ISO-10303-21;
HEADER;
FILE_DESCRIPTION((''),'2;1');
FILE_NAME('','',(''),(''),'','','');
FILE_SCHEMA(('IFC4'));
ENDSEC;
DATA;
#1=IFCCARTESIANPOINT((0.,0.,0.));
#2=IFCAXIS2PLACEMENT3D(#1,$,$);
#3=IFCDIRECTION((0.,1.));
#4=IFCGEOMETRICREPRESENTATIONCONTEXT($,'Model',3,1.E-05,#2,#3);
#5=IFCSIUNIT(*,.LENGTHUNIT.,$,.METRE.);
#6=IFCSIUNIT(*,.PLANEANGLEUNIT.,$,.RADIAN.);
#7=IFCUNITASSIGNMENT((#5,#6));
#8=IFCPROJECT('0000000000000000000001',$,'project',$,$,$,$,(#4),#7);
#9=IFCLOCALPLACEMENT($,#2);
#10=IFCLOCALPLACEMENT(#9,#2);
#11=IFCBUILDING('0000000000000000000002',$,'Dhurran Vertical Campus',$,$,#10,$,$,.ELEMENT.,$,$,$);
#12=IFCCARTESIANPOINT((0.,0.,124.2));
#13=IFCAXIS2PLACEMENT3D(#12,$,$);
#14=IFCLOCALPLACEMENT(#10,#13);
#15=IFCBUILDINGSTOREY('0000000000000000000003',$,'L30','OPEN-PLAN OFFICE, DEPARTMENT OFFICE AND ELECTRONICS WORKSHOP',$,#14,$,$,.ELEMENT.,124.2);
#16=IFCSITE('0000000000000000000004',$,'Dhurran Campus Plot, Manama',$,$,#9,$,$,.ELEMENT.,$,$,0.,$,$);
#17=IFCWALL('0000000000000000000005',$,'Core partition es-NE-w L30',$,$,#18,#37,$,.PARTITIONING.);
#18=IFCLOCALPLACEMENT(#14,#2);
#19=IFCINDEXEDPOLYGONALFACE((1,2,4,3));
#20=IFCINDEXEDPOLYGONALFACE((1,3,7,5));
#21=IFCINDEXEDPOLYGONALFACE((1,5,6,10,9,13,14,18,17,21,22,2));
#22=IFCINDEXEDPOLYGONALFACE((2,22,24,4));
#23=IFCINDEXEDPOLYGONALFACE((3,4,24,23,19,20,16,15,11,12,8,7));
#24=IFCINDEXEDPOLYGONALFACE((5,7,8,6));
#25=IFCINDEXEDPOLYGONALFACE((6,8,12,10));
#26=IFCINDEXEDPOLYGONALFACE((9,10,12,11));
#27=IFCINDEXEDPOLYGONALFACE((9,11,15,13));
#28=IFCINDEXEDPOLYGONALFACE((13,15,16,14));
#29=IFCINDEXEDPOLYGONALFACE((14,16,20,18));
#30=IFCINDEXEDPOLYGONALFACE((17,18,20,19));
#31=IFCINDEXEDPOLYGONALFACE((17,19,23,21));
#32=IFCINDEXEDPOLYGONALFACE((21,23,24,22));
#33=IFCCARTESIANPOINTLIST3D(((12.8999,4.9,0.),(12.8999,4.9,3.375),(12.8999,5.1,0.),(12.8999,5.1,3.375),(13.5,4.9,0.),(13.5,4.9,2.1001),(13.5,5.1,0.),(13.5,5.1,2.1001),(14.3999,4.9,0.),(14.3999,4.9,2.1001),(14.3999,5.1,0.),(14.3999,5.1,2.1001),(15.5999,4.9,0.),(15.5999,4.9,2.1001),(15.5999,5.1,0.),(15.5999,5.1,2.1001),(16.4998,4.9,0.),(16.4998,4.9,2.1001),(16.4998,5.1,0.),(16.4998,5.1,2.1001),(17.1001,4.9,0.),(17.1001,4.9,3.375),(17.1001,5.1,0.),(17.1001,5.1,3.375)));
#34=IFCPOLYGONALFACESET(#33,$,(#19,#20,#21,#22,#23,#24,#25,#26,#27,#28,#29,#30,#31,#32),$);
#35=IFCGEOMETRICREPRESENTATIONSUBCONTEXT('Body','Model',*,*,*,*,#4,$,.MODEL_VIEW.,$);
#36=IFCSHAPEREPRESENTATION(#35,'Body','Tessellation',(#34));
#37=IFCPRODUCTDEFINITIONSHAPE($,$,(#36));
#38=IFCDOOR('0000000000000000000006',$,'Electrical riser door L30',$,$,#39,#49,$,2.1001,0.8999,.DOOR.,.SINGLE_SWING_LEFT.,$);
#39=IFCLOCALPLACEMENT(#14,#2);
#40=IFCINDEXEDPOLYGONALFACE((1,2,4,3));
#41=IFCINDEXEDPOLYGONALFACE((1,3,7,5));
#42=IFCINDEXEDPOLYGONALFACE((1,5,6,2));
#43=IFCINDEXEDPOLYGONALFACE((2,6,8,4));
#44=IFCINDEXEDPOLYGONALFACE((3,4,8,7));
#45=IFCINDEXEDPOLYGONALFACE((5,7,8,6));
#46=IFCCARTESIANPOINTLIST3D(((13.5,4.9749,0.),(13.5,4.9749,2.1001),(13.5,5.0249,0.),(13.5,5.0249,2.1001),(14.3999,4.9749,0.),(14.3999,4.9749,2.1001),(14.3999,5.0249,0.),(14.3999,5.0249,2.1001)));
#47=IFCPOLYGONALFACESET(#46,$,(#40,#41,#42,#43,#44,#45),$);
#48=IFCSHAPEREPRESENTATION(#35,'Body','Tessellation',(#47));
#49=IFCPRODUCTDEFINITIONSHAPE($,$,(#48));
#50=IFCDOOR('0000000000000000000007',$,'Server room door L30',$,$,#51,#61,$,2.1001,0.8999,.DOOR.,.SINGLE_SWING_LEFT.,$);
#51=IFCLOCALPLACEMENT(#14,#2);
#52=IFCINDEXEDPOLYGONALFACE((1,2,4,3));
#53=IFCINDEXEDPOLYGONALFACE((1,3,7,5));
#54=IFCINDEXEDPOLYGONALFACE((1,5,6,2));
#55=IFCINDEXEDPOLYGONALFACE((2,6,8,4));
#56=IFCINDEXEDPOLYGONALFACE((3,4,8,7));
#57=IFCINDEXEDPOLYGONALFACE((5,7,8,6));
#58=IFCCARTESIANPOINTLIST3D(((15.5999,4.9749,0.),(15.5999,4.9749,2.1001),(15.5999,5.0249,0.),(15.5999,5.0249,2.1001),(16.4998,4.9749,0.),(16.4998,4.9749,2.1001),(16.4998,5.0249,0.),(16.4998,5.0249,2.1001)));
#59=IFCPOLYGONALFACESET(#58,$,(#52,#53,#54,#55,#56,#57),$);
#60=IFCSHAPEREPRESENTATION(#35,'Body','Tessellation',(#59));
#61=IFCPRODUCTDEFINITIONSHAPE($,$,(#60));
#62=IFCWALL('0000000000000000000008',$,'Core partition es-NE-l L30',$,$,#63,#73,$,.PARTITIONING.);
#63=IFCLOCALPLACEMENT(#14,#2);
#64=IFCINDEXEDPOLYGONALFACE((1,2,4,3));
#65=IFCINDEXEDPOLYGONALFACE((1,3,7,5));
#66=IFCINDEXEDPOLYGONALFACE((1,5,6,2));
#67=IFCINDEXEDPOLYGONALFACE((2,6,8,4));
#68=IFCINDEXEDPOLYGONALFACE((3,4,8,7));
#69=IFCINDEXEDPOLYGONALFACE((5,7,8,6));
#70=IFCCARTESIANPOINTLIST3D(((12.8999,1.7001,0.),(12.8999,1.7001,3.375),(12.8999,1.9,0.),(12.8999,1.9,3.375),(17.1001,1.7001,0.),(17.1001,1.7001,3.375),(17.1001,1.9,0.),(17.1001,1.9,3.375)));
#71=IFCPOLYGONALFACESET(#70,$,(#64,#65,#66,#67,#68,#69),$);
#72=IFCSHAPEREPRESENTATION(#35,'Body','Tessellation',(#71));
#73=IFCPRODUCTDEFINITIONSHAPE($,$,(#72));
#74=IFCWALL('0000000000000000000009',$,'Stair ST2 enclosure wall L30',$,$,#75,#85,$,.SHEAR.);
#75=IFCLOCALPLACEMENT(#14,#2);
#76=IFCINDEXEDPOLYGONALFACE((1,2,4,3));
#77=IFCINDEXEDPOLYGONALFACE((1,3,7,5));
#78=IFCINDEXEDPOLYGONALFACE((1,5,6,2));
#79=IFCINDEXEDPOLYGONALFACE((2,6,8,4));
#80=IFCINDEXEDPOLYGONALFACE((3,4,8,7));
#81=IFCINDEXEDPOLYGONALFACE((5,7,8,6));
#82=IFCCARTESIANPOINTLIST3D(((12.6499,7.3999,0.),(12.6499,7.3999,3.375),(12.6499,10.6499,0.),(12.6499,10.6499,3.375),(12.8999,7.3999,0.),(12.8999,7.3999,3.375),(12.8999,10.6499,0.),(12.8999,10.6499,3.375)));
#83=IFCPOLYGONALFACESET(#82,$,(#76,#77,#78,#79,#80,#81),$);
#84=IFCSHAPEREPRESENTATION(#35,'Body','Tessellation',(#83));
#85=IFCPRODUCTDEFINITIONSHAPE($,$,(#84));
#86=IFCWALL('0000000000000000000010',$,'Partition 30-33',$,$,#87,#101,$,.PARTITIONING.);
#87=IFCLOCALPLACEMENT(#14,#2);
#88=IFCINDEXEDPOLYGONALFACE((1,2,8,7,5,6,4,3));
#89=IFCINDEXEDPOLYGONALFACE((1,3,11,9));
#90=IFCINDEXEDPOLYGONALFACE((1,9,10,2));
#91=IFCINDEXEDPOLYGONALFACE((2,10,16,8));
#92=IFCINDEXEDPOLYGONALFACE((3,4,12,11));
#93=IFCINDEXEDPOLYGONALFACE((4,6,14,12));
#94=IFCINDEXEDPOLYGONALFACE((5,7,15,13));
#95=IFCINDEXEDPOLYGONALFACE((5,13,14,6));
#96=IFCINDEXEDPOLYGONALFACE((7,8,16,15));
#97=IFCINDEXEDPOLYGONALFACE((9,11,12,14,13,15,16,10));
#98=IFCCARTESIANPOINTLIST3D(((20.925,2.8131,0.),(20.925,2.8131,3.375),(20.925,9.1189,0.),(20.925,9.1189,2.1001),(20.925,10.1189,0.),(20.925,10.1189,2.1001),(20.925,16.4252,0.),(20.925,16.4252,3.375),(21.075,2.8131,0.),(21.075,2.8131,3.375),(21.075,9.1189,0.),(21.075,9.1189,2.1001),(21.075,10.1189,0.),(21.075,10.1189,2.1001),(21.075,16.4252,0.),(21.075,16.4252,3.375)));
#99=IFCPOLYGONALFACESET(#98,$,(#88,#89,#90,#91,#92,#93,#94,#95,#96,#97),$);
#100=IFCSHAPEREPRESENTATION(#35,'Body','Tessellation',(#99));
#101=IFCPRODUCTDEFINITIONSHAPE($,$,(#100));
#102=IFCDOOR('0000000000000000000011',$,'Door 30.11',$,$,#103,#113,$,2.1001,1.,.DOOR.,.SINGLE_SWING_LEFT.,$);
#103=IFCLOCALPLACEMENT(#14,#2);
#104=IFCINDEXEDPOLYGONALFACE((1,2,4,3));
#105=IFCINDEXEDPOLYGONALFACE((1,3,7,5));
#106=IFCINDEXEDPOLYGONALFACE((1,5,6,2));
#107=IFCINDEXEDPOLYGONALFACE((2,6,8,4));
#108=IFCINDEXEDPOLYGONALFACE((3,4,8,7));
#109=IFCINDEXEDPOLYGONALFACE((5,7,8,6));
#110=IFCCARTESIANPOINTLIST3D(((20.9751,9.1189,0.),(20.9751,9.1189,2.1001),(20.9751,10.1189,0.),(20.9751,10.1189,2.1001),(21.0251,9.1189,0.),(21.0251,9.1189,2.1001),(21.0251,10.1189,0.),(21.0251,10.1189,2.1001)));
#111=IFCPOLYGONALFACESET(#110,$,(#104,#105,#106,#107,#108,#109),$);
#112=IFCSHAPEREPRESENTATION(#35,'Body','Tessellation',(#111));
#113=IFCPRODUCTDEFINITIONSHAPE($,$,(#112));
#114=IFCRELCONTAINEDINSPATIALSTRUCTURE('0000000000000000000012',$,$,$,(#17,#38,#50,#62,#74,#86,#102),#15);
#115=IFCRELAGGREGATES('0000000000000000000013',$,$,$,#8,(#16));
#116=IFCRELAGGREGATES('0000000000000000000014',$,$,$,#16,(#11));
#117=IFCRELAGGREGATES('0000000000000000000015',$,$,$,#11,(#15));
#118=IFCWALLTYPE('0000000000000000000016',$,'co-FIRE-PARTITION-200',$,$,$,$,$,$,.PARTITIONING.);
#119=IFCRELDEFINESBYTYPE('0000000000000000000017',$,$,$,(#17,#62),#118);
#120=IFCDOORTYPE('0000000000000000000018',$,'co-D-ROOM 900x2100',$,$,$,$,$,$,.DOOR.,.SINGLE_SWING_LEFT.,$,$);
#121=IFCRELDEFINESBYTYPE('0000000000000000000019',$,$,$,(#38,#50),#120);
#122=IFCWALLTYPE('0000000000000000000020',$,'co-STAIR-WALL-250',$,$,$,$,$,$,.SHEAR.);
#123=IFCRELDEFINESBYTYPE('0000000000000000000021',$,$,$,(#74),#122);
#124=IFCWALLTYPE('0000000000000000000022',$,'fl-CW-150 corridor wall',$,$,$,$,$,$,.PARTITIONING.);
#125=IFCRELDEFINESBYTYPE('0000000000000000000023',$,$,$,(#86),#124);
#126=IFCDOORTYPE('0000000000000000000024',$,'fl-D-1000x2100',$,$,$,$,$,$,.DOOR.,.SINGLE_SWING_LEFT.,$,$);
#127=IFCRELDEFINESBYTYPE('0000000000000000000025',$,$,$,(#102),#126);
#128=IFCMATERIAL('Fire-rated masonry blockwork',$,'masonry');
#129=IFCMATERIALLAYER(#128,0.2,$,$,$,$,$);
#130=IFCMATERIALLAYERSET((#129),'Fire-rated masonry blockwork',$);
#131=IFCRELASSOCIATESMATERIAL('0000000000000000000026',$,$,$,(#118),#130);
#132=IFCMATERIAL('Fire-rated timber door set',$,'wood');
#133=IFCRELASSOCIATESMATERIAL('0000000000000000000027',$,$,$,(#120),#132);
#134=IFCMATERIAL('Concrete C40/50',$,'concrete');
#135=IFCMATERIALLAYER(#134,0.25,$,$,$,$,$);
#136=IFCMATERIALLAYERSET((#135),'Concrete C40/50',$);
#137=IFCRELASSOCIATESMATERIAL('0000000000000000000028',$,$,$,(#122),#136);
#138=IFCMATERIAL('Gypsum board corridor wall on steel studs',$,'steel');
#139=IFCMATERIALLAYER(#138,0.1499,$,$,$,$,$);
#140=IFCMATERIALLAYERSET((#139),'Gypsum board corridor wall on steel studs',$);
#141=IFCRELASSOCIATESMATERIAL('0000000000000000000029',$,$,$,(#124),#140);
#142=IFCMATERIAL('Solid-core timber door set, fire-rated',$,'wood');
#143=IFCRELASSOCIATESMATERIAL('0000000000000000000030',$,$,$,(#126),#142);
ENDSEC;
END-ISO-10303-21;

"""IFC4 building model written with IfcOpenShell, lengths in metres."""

from ifc_helpers import new_model, si_unit, direction, frame, frame_2d, origin, place, context, subcontext, project, spatial, rectangle, extrude, material, layer, layer_set, type_object, element, fill, save


model = new_model("IFC4")

# Units and contexts
model_context = context("Model", 3, precision=1e-05, world=origin(), true_north=direction((0.0, 1.0)))
body_context = subcontext(model_context, "Body", "Model", "MODEL_VIEW")
ifc_project = project(units=[si_unit("LENGTHUNIT", "METRE"), si_unit("PLANEANGLEUNIT", "RADIAN")], contexts=[model_context])

# Site, building, storey
site_placement = place(None, origin())
site = spatial("IfcSite", under=ifc_project, at=site_placement, Name="Dhurran Campus Plot, Manama", CompositionType="ELEMENT", RefElevation=0.0)
building_placement = place(site_placement, origin())
building = spatial("IfcBuilding", under=site, at=building_placement, Name="Dhurran Vertical Campus", CompositionType="ELEMENT")
storey_placement = place(building_placement, frame((0.0, 0.0, 124.2)))
storey = spatial("IfcBuildingStorey", under=building, at=storey_placement, Name="L30", Description="OPEN-PLAN OFFICE, DEPARTMENT OFFICE AND ELECTRONICS WORKSHOP", CompositionType="ELEMENT", Elevation=124.2)

# Shared definitions
ifc_material_1 = material(Name="Fire-rated masonry blockwork", Category="masonry")
ifc_layer_1 = layer(ifc_material_1, 0.2)
ifc_layer_set_1 = layer_set([ifc_layer_1], Name="Fire-rated masonry blockwork")
wall_type_1 = type_object("IfcWallType", Name="co-FIRE-PARTITION-200", PredefinedType="PARTITIONING", material=ifc_layer_set_1)

# Shared definitions
ifc_material_2 = material(Name="Fire-rated timber door set", Category="wood")
door_type_1 = type_object("IfcDoorType", Name="co-D-ROOM 900x2100", OperationType="SINGLE_SWING_LEFT", PredefinedType="DOOR", material=ifc_material_2)

# Wall, openings, doors
wall_1_placement = place(storey_placement, frame((12.8999, 5.0, 0.0), z_axis=(0.0, 0.0, 1.0), x_axis=(1.0, 0.0, 0.0)))
wall_1 = element("IfcWall", 1, at=wall_1_placement, inside=storey, type_object=wall_type_1, Name="Core partition es-NE-w L30", PredefinedType="PARTITIONING", context=body_context, shape_type="SweptSolid", body=[
    extrude(rectangle(XDim=4.2002, YDim=0.2, at=frame_2d((2.1001, 0.0))), origin(), (0.0, 0.0, 1.0), 3.375),
])
opening_1_placement = place(wall_1_placement, frame((0.6001, 0.0, 0.0)))
opening_1 = element("IfcOpeningElement", 2, at=opening_1_placement, cuts=wall_1, PredefinedType="OPENING", context=body_context, shape_type="SweptSolid", body=[
    extrude(rectangle(XDim=0.8999, YDim=2.1001, at=frame_2d((0.45, 1.05))), frame((0.0, 0.1099, 0.0), z_axis=(0.0, -1.0, 0.0), x_axis=(1.0, 0.0, 0.0)), (0.0, 0.0, 1.0), 0.22),
])
opening_2_placement = place(wall_1_placement, frame((2.7, 0.0, 0.0)))
opening_2 = element("IfcOpeningElement", 3, at=opening_2_placement, cuts=wall_1, PredefinedType="OPENING", context=body_context, shape_type="SweptSolid", body=[
    extrude(rectangle(XDim=0.8999, YDim=2.1001, at=frame_2d((0.45, 1.05))), frame((0.0, 0.1099, 0.0), z_axis=(0.0, -1.0, 0.0), x_axis=(1.0, 0.0, 0.0)), (0.0, 0.0, 1.0), 0.22),
])
door_1_placement = place(opening_1_placement, origin())
door_1 = element("IfcDoor", 4, at=door_1_placement, inside=storey, type_object=door_type_1, Name="Electrical riser door L30", OperationType="SINGLE_SWING_LEFT", OverallHeight=2.1001, OverallWidth=0.8999, PredefinedType="DOOR", context=body_context, shape_type="SweptSolid", body=[
    extrude(rectangle(XDim=0.8999, YDim=2.1001, at=frame_2d((0.45, 1.05))), frame((0.0, 0.0249, 0.0), z_axis=(0.0, -1.0, 0.0), x_axis=(1.0, 0.0, 0.0)), (0.0, 0.0, 1.0), 0.05),
])
fill(opening_1, door_1)
door_2_placement = place(opening_2_placement, origin())
door_2 = element("IfcDoor", 5, at=door_2_placement, inside=storey, type_object=door_type_1, Name="Server room door L30", OperationType="SINGLE_SWING_LEFT", OverallHeight=2.1001, OverallWidth=0.8999, PredefinedType="DOOR", context=body_context, shape_type="SweptSolid", body=[
    extrude(rectangle(XDim=0.8999, YDim=2.1001, at=frame_2d((0.45, 1.05))), frame((0.0, 0.0249, 0.0), z_axis=(0.0, -1.0, 0.0), x_axis=(1.0, 0.0, 0.0)), (0.0, 0.0, 1.0), 0.05),
])
fill(opening_2, door_2)

# Walls
wall_2_placement = place(storey_placement, frame((12.8999, 1.8, 0.0), z_axis=(0.0, 0.0, 1.0), x_axis=(1.0, 0.0, 0.0)))
element("IfcWall", 6, at=wall_2_placement, inside=storey, type_object=wall_type_1, Name="Core partition es-NE-l L30", PredefinedType="PARTITIONING", context=body_context, shape_type="SweptSolid", body=[
    extrude(rectangle(XDim=4.2002, YDim=0.2, at=frame_2d((2.1001, 0.0))), origin(), (0.0, 0.0, 1.0), 3.375),
])
ifc_material_3 = material(Name="Concrete C40/50", Category="concrete")
ifc_layer_2 = layer(ifc_material_3, 0.25)
ifc_layer_set_2 = layer_set([ifc_layer_2], Name="Concrete C40/50")
wall_type_2 = type_object("IfcWallType", Name="co-STAIR-WALL-250", PredefinedType="SHEAR", material=ifc_layer_set_2)
wall_3_placement = place(storey_placement, frame((12.7749, 7.3999, 0.0), z_axis=(0.0, 0.0, 1.0), x_axis=(0.0, 1.0, 0.0)))
element("IfcWall", 7, at=wall_3_placement, inside=storey, type_object=wall_type_2, Name="Stair ST2 enclosure wall L30", PredefinedType="SHEAR", context=body_context, shape_type="SweptSolid", body=[
    extrude(rectangle(XDim=3.25, YDim=0.25, at=frame_2d((1.625, 0.0))), origin(), (0.0, 0.0, 1.0), 3.375),
])

# Wall, opening, door
ifc_material_4 = material(Name="Gypsum board corridor wall on steel studs", Category="steel")
ifc_layer_3 = layer(ifc_material_4, 0.1499)
ifc_layer_set_3 = layer_set([ifc_layer_3], Name="Gypsum board corridor wall on steel studs")
wall_type_3 = type_object("IfcWallType", Name="fl-CW-150 corridor wall", PredefinedType="PARTITIONING", material=ifc_layer_set_3)
wall_4_placement = place(storey_placement, frame((21.0, 2.813, 0.0), z_axis=(0.0, 0.0, 1.0), x_axis=(0.0, 1.0, 0.0)))
wall_4 = element("IfcWall", 8, at=wall_4_placement, inside=storey, type_object=wall_type_3, Name="Partition 30-33", PredefinedType="PARTITIONING", context=body_context, shape_type="SweptSolid", body=[
    extrude(rectangle(XDim=13.6121, YDim=0.1499, at=frame_2d((6.8062, 0.0))), origin(), (0.0, 0.0, 1.0), 3.375),
])
opening_3_placement = place(wall_4_placement, frame((6.3059, 0.0, 0.0)))
opening_3 = element("IfcOpeningElement", 9, at=opening_3_placement, cuts=wall_4, PredefinedType="OPENING", context=body_context, shape_type="SweptSolid", body=[
    extrude(rectangle(XDim=1.0, YDim=2.1001, at=frame_2d((0.5, 1.05))), frame((0.0, 0.085, 0.0), z_axis=(0.0, -1.0, 0.0), x_axis=(1.0, 0.0, 0.0)), (0.0, 0.0, 1.0), 0.1699),
])
ifc_material_5 = material(Name="Solid-core timber door set, fire-rated", Category="wood")
door_type_2 = type_object("IfcDoorType", Name="fl-D-1000x2100", OperationType="SINGLE_SWING_LEFT", PredefinedType="DOOR", material=ifc_material_5)
door_3_placement = place(opening_3_placement, origin())
door_3 = element("IfcDoor", 10, at=door_3_placement, inside=storey, type_object=door_type_2, Name="Door 30.11", OperationType="SINGLE_SWING_LEFT", OverallHeight=2.1001, OverallWidth=1.0, PredefinedType="DOOR", context=body_context, shape_type="SweptSolid", body=[
    extrude(rectangle(XDim=1.0, YDim=2.1001, at=frame_2d((0.5, 1.05))), frame((0.0, 0.0249, 0.0), z_axis=(0.0, -1.0, 0.0), x_axis=(1.0, 0.0, 0.0)), (0.0, 0.0, 1.0), 0.05),
])
fill(opening_3, door_3)

save(model, "model.ifc")
